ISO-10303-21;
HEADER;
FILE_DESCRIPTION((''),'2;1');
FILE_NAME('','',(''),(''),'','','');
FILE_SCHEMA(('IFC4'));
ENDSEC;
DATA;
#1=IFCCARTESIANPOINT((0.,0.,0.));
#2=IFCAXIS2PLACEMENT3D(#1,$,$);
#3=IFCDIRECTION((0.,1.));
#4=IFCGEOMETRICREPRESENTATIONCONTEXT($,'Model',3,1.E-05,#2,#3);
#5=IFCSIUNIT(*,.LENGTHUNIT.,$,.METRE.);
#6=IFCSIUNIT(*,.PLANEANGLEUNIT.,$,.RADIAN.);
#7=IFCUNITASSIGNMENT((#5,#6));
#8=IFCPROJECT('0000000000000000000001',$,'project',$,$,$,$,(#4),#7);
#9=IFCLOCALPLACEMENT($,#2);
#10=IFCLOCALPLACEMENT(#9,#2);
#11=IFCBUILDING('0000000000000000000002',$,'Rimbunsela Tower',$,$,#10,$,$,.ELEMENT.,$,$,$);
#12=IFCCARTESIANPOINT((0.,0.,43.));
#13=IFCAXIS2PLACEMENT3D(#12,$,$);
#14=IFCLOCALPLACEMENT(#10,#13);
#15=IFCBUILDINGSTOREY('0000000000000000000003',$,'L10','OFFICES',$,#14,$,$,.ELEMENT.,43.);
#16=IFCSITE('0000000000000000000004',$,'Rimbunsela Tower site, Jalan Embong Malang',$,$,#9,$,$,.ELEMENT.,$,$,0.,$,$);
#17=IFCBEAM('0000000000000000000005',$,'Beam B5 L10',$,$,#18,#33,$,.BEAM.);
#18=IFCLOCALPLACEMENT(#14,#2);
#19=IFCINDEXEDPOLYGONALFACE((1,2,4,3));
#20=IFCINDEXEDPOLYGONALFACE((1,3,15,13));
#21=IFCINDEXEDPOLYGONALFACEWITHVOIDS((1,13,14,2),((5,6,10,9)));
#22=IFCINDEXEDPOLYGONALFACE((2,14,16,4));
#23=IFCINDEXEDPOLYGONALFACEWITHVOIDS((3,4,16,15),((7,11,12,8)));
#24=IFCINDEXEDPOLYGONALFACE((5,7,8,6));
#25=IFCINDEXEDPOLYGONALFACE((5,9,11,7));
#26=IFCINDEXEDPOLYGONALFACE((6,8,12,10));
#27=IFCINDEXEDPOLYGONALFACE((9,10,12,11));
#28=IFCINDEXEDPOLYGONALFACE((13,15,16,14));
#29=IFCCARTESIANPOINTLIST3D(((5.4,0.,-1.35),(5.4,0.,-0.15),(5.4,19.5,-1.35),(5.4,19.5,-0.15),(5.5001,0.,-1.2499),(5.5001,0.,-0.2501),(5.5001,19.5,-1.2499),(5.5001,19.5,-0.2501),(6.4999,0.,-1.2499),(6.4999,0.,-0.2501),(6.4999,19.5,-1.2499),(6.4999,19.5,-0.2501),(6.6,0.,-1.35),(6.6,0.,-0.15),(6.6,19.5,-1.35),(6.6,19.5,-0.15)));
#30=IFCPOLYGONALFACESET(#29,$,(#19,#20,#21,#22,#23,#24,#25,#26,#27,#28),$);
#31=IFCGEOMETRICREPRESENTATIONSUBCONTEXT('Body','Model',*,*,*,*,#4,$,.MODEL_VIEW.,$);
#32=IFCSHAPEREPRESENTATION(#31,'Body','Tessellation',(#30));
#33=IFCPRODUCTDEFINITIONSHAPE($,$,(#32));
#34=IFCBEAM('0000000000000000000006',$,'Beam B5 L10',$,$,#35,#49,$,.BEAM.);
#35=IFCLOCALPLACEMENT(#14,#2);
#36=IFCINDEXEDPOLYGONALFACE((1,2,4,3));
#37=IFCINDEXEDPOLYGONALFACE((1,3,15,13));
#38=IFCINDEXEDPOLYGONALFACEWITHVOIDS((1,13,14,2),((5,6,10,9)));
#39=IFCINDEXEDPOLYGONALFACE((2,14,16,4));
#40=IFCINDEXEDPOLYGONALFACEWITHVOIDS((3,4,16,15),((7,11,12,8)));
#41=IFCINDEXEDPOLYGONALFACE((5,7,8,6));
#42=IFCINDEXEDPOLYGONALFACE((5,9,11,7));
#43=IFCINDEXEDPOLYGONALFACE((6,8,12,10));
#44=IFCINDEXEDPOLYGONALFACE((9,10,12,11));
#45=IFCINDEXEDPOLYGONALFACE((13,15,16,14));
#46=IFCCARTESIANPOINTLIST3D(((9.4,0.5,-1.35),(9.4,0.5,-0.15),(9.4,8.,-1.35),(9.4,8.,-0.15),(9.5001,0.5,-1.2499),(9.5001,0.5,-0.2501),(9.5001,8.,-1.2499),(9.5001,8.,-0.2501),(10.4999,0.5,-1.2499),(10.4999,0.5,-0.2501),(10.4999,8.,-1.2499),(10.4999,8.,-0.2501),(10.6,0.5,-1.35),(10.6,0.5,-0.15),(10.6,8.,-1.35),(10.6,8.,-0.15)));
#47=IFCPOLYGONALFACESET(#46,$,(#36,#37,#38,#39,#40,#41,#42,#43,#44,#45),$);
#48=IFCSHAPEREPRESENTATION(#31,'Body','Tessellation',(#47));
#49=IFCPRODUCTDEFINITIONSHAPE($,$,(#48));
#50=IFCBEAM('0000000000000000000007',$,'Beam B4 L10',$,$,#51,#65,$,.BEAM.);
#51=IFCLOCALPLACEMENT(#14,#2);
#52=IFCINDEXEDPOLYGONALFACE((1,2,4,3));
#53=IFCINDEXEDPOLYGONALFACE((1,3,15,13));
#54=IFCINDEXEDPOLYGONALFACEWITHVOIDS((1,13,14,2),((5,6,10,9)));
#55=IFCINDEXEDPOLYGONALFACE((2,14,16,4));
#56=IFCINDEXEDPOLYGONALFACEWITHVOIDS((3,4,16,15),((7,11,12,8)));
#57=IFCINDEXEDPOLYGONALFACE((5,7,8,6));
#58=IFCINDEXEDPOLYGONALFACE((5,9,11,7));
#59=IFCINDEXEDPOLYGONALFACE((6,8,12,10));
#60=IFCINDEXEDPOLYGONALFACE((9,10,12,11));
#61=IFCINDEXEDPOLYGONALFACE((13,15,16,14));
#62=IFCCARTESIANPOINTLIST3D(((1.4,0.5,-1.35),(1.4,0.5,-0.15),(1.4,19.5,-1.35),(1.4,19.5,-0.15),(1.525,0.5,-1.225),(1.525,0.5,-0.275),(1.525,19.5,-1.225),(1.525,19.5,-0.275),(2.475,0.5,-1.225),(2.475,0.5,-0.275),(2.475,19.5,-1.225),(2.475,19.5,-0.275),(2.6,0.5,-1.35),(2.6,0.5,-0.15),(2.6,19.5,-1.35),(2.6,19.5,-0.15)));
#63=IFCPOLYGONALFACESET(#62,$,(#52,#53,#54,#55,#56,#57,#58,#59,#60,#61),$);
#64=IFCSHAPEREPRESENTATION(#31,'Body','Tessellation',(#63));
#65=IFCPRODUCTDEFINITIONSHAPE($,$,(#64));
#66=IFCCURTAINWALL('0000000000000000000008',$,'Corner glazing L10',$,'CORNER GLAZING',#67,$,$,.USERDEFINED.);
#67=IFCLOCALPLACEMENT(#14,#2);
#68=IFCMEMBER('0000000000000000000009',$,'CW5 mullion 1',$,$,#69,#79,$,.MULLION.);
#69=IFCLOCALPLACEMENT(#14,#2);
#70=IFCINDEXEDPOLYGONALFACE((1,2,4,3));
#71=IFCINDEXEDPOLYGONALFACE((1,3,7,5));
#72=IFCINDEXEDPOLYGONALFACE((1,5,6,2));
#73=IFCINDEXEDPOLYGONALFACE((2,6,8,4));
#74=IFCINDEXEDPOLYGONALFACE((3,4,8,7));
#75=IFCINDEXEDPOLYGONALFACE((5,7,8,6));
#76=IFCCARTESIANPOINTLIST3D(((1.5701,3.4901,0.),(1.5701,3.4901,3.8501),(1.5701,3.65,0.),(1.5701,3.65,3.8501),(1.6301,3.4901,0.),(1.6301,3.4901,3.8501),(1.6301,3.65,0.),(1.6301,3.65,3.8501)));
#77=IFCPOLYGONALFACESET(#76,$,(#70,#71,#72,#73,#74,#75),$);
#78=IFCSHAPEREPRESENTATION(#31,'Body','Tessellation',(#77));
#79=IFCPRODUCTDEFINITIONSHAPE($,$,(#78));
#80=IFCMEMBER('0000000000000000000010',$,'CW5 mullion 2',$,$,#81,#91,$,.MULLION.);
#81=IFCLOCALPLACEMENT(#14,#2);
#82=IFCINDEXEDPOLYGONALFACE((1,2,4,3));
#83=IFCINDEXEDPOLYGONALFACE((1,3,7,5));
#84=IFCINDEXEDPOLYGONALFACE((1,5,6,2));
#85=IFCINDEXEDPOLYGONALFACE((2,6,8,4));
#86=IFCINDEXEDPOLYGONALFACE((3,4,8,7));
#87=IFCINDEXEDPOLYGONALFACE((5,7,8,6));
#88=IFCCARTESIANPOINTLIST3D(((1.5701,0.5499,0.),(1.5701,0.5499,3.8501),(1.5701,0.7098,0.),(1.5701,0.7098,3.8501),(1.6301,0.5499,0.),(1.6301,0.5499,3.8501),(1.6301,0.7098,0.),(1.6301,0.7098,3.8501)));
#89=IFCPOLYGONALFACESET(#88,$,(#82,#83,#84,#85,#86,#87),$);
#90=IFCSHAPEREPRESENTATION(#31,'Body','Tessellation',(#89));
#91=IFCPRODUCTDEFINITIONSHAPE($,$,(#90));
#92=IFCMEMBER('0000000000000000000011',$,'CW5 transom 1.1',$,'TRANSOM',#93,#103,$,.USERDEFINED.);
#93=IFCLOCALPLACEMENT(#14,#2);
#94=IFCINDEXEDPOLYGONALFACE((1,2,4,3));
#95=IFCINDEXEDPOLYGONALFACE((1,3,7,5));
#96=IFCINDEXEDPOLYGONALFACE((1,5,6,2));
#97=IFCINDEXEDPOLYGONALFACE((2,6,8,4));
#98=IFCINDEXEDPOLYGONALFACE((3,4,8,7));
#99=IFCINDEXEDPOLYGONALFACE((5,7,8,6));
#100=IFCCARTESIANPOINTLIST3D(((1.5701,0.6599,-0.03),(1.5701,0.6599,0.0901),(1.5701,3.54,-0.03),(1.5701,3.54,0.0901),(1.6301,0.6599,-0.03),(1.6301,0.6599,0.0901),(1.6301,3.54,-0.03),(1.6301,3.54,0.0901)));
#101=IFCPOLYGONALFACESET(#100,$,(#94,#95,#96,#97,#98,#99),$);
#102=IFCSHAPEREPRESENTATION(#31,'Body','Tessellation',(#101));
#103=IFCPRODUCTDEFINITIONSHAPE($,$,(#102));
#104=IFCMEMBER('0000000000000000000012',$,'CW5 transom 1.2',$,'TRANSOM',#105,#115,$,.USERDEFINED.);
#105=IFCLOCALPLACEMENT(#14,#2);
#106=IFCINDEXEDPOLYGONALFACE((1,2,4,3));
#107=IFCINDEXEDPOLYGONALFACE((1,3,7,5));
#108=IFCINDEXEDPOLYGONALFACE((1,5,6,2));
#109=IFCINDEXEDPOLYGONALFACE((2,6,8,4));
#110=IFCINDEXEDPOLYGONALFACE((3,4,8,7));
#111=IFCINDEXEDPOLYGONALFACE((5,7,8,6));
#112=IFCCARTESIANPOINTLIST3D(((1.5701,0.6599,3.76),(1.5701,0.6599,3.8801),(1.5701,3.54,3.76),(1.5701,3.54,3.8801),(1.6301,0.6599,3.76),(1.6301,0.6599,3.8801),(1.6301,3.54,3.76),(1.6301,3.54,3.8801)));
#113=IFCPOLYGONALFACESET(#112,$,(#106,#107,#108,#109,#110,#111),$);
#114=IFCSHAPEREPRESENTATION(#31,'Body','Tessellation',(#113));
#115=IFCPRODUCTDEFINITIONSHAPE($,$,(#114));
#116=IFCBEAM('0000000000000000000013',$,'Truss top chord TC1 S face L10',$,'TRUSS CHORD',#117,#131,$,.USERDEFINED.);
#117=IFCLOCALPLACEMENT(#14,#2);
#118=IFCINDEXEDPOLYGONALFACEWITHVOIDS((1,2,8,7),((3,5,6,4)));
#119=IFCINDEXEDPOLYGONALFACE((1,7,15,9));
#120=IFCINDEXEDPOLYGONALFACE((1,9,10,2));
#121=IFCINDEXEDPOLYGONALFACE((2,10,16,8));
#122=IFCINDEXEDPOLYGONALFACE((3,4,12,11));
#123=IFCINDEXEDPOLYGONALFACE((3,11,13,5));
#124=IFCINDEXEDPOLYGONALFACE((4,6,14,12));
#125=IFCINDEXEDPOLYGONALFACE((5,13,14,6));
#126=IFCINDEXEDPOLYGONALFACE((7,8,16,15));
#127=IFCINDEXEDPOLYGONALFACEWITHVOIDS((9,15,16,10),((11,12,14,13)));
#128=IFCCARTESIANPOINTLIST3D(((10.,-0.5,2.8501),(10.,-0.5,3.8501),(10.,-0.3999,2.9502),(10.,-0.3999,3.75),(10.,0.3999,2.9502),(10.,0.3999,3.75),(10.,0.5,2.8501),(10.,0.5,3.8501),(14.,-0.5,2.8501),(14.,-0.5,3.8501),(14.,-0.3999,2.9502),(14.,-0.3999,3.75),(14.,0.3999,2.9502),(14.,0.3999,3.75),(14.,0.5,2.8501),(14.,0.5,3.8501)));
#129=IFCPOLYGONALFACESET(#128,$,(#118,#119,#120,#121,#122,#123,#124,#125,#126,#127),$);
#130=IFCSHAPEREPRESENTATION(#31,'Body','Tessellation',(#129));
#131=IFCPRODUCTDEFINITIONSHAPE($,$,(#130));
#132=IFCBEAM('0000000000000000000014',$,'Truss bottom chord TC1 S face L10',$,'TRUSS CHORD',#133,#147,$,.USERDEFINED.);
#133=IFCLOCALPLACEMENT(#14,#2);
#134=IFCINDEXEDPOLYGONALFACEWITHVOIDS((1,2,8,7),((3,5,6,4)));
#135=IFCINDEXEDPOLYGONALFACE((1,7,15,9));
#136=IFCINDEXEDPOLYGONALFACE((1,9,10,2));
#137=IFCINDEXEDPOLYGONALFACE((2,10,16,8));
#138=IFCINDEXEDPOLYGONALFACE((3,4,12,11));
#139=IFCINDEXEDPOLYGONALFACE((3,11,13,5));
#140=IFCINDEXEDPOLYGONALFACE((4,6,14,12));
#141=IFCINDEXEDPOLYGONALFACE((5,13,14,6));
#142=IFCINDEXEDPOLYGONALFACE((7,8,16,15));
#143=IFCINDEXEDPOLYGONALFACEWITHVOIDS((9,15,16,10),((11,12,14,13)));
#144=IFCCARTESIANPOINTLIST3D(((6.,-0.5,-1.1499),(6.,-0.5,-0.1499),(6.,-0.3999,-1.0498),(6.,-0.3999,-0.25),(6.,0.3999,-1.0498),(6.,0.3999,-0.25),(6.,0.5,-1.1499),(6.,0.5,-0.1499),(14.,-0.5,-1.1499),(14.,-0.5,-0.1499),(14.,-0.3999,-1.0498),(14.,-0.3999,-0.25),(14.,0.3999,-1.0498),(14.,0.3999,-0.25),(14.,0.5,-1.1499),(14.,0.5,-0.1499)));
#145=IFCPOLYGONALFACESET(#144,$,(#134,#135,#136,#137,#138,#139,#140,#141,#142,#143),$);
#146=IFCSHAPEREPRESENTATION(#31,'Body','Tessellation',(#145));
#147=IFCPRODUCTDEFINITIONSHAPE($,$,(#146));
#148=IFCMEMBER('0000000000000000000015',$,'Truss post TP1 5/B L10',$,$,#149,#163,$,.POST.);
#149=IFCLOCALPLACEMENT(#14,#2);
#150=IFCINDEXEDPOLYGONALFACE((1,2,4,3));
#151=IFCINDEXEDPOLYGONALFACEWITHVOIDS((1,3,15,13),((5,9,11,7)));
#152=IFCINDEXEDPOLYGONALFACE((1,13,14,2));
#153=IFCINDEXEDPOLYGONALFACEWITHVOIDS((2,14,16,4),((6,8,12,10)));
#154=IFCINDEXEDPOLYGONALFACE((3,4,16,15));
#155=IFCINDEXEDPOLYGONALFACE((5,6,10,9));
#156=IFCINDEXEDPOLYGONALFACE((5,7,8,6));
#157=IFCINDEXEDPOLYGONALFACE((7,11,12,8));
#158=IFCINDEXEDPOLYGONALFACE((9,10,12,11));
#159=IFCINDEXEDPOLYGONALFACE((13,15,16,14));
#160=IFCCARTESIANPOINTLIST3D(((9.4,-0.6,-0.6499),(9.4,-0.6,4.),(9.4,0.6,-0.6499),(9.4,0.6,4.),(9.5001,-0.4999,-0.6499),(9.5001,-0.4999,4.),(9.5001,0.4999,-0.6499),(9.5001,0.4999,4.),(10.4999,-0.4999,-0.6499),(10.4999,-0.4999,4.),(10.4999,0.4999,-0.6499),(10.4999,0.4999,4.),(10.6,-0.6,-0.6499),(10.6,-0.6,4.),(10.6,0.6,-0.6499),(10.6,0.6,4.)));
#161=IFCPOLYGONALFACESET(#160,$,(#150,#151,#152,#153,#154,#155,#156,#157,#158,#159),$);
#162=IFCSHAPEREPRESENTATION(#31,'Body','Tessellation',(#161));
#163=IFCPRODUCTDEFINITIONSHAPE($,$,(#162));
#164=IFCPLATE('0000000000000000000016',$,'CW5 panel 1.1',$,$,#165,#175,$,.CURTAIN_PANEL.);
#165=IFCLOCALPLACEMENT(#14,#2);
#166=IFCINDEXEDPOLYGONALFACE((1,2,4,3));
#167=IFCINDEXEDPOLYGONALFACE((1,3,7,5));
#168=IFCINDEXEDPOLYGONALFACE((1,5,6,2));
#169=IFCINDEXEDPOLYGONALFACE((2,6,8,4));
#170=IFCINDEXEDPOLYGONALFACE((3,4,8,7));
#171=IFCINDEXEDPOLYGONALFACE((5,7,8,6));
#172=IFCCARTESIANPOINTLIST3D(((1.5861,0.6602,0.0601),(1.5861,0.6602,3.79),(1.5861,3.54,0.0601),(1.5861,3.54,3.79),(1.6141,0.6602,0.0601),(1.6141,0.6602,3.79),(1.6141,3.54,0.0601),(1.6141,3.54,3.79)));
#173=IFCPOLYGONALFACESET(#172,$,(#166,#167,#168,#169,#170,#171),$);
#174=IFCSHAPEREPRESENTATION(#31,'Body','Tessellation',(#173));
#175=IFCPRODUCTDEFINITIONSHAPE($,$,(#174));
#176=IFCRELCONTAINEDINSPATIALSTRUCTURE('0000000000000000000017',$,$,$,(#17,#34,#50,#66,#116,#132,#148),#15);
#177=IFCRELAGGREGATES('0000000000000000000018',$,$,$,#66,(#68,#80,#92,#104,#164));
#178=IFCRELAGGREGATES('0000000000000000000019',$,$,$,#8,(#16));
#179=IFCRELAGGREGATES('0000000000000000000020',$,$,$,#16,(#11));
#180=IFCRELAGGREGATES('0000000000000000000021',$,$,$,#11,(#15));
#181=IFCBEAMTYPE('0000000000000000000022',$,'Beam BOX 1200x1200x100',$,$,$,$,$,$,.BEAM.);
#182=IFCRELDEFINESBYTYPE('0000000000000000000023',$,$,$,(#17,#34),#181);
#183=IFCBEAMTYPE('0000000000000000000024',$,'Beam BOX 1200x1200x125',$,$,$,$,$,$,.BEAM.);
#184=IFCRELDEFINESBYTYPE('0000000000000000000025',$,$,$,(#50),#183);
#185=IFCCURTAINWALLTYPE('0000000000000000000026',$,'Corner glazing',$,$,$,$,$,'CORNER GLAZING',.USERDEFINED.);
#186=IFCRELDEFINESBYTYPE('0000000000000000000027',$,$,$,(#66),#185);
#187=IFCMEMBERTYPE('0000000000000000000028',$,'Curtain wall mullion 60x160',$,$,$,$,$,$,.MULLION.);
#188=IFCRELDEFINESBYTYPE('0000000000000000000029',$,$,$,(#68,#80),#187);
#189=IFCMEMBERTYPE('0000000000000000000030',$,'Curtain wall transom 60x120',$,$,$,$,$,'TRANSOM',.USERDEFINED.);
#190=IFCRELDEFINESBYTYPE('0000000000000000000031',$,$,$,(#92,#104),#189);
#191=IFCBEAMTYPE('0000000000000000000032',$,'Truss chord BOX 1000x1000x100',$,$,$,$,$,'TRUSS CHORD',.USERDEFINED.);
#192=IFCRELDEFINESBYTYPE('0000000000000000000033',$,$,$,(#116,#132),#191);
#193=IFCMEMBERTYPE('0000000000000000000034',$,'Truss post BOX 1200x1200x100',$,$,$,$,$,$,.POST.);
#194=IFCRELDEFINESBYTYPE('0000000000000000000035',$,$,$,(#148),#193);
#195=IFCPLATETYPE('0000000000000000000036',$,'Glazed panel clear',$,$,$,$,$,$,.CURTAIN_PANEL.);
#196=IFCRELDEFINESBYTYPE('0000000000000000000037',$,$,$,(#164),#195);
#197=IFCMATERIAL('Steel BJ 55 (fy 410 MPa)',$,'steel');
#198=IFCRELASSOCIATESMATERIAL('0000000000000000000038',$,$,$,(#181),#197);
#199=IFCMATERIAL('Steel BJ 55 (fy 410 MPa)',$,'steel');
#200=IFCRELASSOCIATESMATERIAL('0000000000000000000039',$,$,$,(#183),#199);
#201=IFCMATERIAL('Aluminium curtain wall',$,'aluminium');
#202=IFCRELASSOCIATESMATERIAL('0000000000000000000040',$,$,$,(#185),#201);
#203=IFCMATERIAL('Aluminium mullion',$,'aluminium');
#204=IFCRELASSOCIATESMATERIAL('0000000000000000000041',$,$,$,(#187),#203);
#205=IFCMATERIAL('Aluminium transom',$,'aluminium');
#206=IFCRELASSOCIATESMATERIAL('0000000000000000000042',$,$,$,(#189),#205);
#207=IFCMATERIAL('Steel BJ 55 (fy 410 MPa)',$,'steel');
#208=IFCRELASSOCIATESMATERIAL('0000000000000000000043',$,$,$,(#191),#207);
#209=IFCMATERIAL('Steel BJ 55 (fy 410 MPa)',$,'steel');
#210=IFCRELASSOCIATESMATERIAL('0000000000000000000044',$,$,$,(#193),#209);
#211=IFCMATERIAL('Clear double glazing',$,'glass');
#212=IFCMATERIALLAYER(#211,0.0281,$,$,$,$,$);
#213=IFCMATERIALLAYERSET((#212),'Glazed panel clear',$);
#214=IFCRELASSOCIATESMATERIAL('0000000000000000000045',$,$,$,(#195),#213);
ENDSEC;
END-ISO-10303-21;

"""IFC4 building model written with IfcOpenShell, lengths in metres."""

from ifc_helpers import new_model, si_unit, direction, frame, origin, origin_2d, place, context, subcontext, project, spatial, rectangle, hollow_rectangle, extrude, material, layer, layer_set, material_profile, profile_set, type_object, element, aggregate, save


model = new_model("IFC4")

# Units and contexts
model_context = context("Model", 3, precision=1e-05, world=origin(), true_north=direction((0.0, 1.0)))
body_context = subcontext(model_context, "Body", "Model", "MODEL_VIEW")
ifc_project = project(units=[si_unit("LENGTHUNIT", "METRE"), si_unit("PLANEANGLEUNIT", "RADIAN")], contexts=[model_context])

# Site, building, storey
site_placement = place(None, origin())
site = spatial("IfcSite", under=ifc_project, at=site_placement, Name="Rimbunsela Tower site, Jalan Embong Malang", CompositionType="ELEMENT", RefElevation=0.0)
building_placement = place(site_placement, origin())
building = spatial("IfcBuilding", under=site, at=building_placement, Name="Rimbunsela Tower", CompositionType="ELEMENT")
storey_placement = place(building_placement, frame((0.0, 0.0, 43.0)))
storey = spatial("IfcBuildingStorey", under=building, at=storey_placement, Name="L10", Description="OFFICES", CompositionType="ELEMENT", Elevation=43.0)

# Beams
ifc_material_1 = material(Name="Steel BJ 55 (fy 410 MPa)", Category="steel")
ifc_material_profile_1 = material_profile(ifc_material_1, hollow_rectangle(XDim=1.2, YDim=1.2, WallThickness=0.1001, at=origin_2d()), Name="BOX 1200x1200x100")
ifc_profile_set_1 = profile_set([ifc_material_profile_1], Name="Steel BJ 55 (fy 410 MPa)")
beam_type_1 = type_object("IfcBeamType", Name="Beam BOX 1200x1200x100", PredefinedType="BEAM", material=ifc_profile_set_1)
beam_1_placement = place(storey_placement, frame((6.0, 0.0, -0.75), z_axis=(0.0, 1.0, 0.0), x_axis=(-1.0, 0.0, 0.0)))
element("IfcBeam", 1, at=beam_1_placement, inside=storey, type_object=beam_type_1, Name="Beam B5 L10", PredefinedType="BEAM", context=body_context, shape_type="SweptSolid", body=[
    extrude(hollow_rectangle(XDim=1.2, YDim=1.2, WallThickness=0.1001, at=origin_2d()), origin(), (0.0, 0.0, 1.0), 19.5),
])
beam_2_placement = place(storey_placement, frame((10.0, 0.5, -0.75), z_axis=(0.0, 1.0, 0.0), x_axis=(-1.0, 0.0, 0.0)))
element("IfcBeam", 2, at=beam_2_placement, inside=storey, type_object=beam_type_1, Name="Beam B5 L10", PredefinedType="BEAM", context=body_context, shape_type="SweptSolid", body=[
    extrude(hollow_rectangle(XDim=1.2, YDim=1.2, WallThickness=0.1001, at=origin_2d()), origin(), (0.0, 0.0, 1.0), 7.5),
])
ifc_material_2 = material(Name="Steel BJ 55 (fy 410 MPa)", Category="steel")
ifc_material_profile_2 = material_profile(ifc_material_2, hollow_rectangle(XDim=1.2, YDim=1.2, WallThickness=0.125, at=origin_2d()), Name="BOX 1200x1200x125")
ifc_profile_set_2 = profile_set([ifc_material_profile_2], Name="Steel BJ 55 (fy 410 MPa)")
beam_type_2 = type_object("IfcBeamType", Name="Beam BOX 1200x1200x125", PredefinedType="BEAM", material=ifc_profile_set_2)
beam_3_placement = place(storey_placement, frame((2.0, 0.5, -0.75), z_axis=(0.0, 1.0, 0.0), x_axis=(-1.0, 0.0, 0.0)))
element("IfcBeam", 3, at=beam_3_placement, inside=storey, type_object=beam_type_2, Name="Beam B4 L10", PredefinedType="BEAM", context=body_context, shape_type="SweptSolid", body=[
    extrude(hollow_rectangle(XDim=1.2, YDim=1.2, WallThickness=0.125, at=origin_2d()), origin(), (0.0, 0.0, 1.0), 19.0),
])

# Curtain wall, members
ifc_material_3 = material(Name="Aluminium curtain wall", Category="aluminium")
curtain_wall_type = type_object("IfcCurtainWallType", Name="Corner glazing", ElementType="CORNER GLAZING", PredefinedType="USERDEFINED", material=ifc_material_3)
curtain_wall_placement = place(storey_placement, origin())
curtain_wall = element("IfcCurtainWall", 4, at=curtain_wall_placement, inside=storey, type_object=curtain_wall_type, Name="Corner glazing L10", ObjectType="CORNER GLAZING", PredefinedType="USERDEFINED")
ifc_material_4 = material(Name="Aluminium mullion", Category="aluminium")
ifc_material_profile_3 = material_profile(ifc_material_4, rectangle(XDim=0.0601, YDim=0.1599, at=origin_2d()), Name="Mullion 60x160")
ifc_profile_set_3 = profile_set([ifc_material_profile_3], Name="Aluminium mullion")
member_type_1 = type_object("IfcMemberType", Name="Curtain wall mullion 60x160", PredefinedType="MULLION", material=ifc_profile_set_3)
member_1_placement = place(storey_placement, frame((1.6001, 3.5701, 0.0), z_axis=(0.0, 0.0, 1.0), x_axis=(1.0, 0.0, 0.0)))
member_1 = element("IfcMember", 5, at=member_1_placement, type_object=member_type_1, Name="CW5 mullion 1", PredefinedType="MULLION", context=body_context, shape_type="SweptSolid", body=[
    extrude(rectangle(XDim=0.0601, YDim=0.1599, at=origin_2d()), origin(), (0.0, 0.0, 1.0), 3.8501),
])
member_2_placement = place(storey_placement, frame((1.6001, 0.6299, 0.0), z_axis=(0.0, 0.0, 1.0), x_axis=(1.0, 0.0, 0.0)))
member_2 = element("IfcMember", 6, at=member_2_placement, type_object=member_type_1, Name="CW5 mullion 2", PredefinedType="MULLION", context=body_context, shape_type="SweptSolid", body=[
    extrude(rectangle(XDim=0.0601, YDim=0.1599, at=origin_2d()), origin(), (0.0, 0.0, 1.0), 3.8501),
])
ifc_material_5 = material(Name="Aluminium transom", Category="aluminium")
ifc_material_profile_4 = material_profile(ifc_material_5, rectangle(XDim=0.0601, YDim=0.1201, at=origin_2d()), Name="Transom 60x120")
ifc_profile_set_4 = profile_set([ifc_material_profile_4], Name="Aluminium transom")
member_type_2 = type_object("IfcMemberType", Name="Curtain wall transom 60x120", ElementType="TRANSOM", PredefinedType="USERDEFINED", material=ifc_profile_set_4)
member_3_placement = place(storey_placement, frame((1.6001, 3.54, 0.03), z_axis=(0.0, -1.0, 0.0), x_axis=(1.0, 0.0, 0.0)))
member_3 = element("IfcMember", 7, at=member_3_placement, type_object=member_type_2, Name="CW5 transom 1.1", ObjectType="TRANSOM", PredefinedType="USERDEFINED", context=body_context, shape_type="SweptSolid", body=[
    extrude(rectangle(XDim=0.0601, YDim=0.1201, at=origin_2d()), origin(), (0.0, 0.0, 1.0), 2.8801),
])
member_4_placement = place(storey_placement, frame((1.6001, 3.54, 3.8201), z_axis=(0.0, -1.0, 0.0), x_axis=(1.0, 0.0, 0.0)))
member_4 = element("IfcMember", 8, at=member_4_placement, type_object=member_type_2, Name="CW5 transom 1.2", ObjectType="TRANSOM", PredefinedType="USERDEFINED", context=body_context, shape_type="SweptSolid", body=[
    extrude(rectangle(XDim=0.0601, YDim=0.1201, at=origin_2d()), origin(), (0.0, 0.0, 1.0), 2.8801),
])

# Beams
ifc_material_6 = material(Name="Steel BJ 55 (fy 410 MPa)", Category="steel")
ifc_material_profile_5 = material_profile(ifc_material_6, hollow_rectangle(XDim=1.0, YDim=1.0, WallThickness=0.1001, at=origin_2d()), Name="BOX 1000x1000x100")
ifc_profile_set_5 = profile_set([ifc_material_profile_5], Name="Steel BJ 55 (fy 410 MPa)")
beam_type_3 = type_object("IfcBeamType", Name="Truss chord BOX 1000x1000x100", ElementType="TRUSS CHORD", PredefinedType="USERDEFINED", material=ifc_profile_set_5)
beam_4_placement = place(storey_placement, frame((10.0, 0.0, 3.3501), z_axis=(1.0, 0.0, 0.0), x_axis=(0.0, 1.0, 0.0)))
element("IfcBeam", 9, at=beam_4_placement, inside=storey, type_object=beam_type_3, Name="Truss top chord TC1 S face L10", ObjectType="TRUSS CHORD", PredefinedType="USERDEFINED", context=body_context, shape_type="SweptSolid", body=[
    extrude(hollow_rectangle(XDim=1.0, YDim=1.0, WallThickness=0.1001, at=origin_2d()), origin(), (0.0, 0.0, 1.0), 4.0),
])
beam_5_placement = place(storey_placement, frame((6.0, 0.0, -0.6499), z_axis=(1.0, 0.0, 0.0), x_axis=(0.0, 1.0, 0.0)))
element("IfcBeam", 10, at=beam_5_placement, inside=storey, type_object=beam_type_3, Name="Truss bottom chord TC1 S face L10", ObjectType="TRUSS CHORD", PredefinedType="USERDEFINED", context=body_context, shape_type="SweptSolid", body=[
    extrude(hollow_rectangle(XDim=1.0, YDim=1.0, WallThickness=0.1001, at=origin_2d()), origin(), (0.0, 0.0, 1.0), 8.0),
])

# Member
ifc_material_7 = material(Name="Steel BJ 55 (fy 410 MPa)", Category="steel")
ifc_material_profile_6 = material_profile(ifc_material_7, hollow_rectangle(XDim=1.2, YDim=1.2, WallThickness=0.1001, at=origin_2d()), Name="BOX 1200x1200x100")
ifc_profile_set_6 = profile_set([ifc_material_profile_6], Name="Steel BJ 55 (fy 410 MPa)")
member_type_3 = type_object("IfcMemberType", Name="Truss post BOX 1200x1200x100", PredefinedType="POST", material=ifc_profile_set_6)
member_5_placement = place(storey_placement, frame((10.0, 0.0, -0.6499), z_axis=(0.0, 0.0, 1.0), x_axis=(1.0, 0.0, 0.0)))
element("IfcMember", 11, at=member_5_placement, inside=storey, type_object=member_type_3, Name="Truss post TP1 5/B L10", PredefinedType="POST", context=body_context, shape_type="SweptSolid", body=[
    extrude(hollow_rectangle(XDim=1.2, YDim=1.2, WallThickness=0.1001, at=origin_2d()), origin(), (0.0, 0.0, 1.0), 4.6499),
])

# Plate
ifc_material_8 = material(Name="Clear double glazing", Category="glass")
ifc_layer_1 = layer(ifc_material_8, 0.0281)
ifc_layer_set_1 = layer_set([ifc_layer_1], Name="Glazed panel clear")
plate_type = type_object("IfcPlateType", Name="Glazed panel clear", PredefinedType="CURTAIN_PANEL", material=ifc_layer_set_1)
plate_placement = place(storey_placement, frame((1.6001, 2.1001, 0.0601), z_axis=(0.0, 0.0, 1.0), x_axis=(0.0, -1.0, 0.0)))
plate = element("IfcPlate", 12, at=plate_placement, type_object=plate_type, Name="CW5 panel 1.1", PredefinedType="CURTAIN_PANEL", context=body_context, shape_type="SweptSolid", body=[
    extrude(rectangle(XDim=2.8799, YDim=0.0281, at=origin_2d()), origin(), (0.0, 0.0, 1.0), 3.73),
])
aggregate(curtain_wall, [member_1, member_2, member_3, member_4, plate])

save(model, "model.ifc")
